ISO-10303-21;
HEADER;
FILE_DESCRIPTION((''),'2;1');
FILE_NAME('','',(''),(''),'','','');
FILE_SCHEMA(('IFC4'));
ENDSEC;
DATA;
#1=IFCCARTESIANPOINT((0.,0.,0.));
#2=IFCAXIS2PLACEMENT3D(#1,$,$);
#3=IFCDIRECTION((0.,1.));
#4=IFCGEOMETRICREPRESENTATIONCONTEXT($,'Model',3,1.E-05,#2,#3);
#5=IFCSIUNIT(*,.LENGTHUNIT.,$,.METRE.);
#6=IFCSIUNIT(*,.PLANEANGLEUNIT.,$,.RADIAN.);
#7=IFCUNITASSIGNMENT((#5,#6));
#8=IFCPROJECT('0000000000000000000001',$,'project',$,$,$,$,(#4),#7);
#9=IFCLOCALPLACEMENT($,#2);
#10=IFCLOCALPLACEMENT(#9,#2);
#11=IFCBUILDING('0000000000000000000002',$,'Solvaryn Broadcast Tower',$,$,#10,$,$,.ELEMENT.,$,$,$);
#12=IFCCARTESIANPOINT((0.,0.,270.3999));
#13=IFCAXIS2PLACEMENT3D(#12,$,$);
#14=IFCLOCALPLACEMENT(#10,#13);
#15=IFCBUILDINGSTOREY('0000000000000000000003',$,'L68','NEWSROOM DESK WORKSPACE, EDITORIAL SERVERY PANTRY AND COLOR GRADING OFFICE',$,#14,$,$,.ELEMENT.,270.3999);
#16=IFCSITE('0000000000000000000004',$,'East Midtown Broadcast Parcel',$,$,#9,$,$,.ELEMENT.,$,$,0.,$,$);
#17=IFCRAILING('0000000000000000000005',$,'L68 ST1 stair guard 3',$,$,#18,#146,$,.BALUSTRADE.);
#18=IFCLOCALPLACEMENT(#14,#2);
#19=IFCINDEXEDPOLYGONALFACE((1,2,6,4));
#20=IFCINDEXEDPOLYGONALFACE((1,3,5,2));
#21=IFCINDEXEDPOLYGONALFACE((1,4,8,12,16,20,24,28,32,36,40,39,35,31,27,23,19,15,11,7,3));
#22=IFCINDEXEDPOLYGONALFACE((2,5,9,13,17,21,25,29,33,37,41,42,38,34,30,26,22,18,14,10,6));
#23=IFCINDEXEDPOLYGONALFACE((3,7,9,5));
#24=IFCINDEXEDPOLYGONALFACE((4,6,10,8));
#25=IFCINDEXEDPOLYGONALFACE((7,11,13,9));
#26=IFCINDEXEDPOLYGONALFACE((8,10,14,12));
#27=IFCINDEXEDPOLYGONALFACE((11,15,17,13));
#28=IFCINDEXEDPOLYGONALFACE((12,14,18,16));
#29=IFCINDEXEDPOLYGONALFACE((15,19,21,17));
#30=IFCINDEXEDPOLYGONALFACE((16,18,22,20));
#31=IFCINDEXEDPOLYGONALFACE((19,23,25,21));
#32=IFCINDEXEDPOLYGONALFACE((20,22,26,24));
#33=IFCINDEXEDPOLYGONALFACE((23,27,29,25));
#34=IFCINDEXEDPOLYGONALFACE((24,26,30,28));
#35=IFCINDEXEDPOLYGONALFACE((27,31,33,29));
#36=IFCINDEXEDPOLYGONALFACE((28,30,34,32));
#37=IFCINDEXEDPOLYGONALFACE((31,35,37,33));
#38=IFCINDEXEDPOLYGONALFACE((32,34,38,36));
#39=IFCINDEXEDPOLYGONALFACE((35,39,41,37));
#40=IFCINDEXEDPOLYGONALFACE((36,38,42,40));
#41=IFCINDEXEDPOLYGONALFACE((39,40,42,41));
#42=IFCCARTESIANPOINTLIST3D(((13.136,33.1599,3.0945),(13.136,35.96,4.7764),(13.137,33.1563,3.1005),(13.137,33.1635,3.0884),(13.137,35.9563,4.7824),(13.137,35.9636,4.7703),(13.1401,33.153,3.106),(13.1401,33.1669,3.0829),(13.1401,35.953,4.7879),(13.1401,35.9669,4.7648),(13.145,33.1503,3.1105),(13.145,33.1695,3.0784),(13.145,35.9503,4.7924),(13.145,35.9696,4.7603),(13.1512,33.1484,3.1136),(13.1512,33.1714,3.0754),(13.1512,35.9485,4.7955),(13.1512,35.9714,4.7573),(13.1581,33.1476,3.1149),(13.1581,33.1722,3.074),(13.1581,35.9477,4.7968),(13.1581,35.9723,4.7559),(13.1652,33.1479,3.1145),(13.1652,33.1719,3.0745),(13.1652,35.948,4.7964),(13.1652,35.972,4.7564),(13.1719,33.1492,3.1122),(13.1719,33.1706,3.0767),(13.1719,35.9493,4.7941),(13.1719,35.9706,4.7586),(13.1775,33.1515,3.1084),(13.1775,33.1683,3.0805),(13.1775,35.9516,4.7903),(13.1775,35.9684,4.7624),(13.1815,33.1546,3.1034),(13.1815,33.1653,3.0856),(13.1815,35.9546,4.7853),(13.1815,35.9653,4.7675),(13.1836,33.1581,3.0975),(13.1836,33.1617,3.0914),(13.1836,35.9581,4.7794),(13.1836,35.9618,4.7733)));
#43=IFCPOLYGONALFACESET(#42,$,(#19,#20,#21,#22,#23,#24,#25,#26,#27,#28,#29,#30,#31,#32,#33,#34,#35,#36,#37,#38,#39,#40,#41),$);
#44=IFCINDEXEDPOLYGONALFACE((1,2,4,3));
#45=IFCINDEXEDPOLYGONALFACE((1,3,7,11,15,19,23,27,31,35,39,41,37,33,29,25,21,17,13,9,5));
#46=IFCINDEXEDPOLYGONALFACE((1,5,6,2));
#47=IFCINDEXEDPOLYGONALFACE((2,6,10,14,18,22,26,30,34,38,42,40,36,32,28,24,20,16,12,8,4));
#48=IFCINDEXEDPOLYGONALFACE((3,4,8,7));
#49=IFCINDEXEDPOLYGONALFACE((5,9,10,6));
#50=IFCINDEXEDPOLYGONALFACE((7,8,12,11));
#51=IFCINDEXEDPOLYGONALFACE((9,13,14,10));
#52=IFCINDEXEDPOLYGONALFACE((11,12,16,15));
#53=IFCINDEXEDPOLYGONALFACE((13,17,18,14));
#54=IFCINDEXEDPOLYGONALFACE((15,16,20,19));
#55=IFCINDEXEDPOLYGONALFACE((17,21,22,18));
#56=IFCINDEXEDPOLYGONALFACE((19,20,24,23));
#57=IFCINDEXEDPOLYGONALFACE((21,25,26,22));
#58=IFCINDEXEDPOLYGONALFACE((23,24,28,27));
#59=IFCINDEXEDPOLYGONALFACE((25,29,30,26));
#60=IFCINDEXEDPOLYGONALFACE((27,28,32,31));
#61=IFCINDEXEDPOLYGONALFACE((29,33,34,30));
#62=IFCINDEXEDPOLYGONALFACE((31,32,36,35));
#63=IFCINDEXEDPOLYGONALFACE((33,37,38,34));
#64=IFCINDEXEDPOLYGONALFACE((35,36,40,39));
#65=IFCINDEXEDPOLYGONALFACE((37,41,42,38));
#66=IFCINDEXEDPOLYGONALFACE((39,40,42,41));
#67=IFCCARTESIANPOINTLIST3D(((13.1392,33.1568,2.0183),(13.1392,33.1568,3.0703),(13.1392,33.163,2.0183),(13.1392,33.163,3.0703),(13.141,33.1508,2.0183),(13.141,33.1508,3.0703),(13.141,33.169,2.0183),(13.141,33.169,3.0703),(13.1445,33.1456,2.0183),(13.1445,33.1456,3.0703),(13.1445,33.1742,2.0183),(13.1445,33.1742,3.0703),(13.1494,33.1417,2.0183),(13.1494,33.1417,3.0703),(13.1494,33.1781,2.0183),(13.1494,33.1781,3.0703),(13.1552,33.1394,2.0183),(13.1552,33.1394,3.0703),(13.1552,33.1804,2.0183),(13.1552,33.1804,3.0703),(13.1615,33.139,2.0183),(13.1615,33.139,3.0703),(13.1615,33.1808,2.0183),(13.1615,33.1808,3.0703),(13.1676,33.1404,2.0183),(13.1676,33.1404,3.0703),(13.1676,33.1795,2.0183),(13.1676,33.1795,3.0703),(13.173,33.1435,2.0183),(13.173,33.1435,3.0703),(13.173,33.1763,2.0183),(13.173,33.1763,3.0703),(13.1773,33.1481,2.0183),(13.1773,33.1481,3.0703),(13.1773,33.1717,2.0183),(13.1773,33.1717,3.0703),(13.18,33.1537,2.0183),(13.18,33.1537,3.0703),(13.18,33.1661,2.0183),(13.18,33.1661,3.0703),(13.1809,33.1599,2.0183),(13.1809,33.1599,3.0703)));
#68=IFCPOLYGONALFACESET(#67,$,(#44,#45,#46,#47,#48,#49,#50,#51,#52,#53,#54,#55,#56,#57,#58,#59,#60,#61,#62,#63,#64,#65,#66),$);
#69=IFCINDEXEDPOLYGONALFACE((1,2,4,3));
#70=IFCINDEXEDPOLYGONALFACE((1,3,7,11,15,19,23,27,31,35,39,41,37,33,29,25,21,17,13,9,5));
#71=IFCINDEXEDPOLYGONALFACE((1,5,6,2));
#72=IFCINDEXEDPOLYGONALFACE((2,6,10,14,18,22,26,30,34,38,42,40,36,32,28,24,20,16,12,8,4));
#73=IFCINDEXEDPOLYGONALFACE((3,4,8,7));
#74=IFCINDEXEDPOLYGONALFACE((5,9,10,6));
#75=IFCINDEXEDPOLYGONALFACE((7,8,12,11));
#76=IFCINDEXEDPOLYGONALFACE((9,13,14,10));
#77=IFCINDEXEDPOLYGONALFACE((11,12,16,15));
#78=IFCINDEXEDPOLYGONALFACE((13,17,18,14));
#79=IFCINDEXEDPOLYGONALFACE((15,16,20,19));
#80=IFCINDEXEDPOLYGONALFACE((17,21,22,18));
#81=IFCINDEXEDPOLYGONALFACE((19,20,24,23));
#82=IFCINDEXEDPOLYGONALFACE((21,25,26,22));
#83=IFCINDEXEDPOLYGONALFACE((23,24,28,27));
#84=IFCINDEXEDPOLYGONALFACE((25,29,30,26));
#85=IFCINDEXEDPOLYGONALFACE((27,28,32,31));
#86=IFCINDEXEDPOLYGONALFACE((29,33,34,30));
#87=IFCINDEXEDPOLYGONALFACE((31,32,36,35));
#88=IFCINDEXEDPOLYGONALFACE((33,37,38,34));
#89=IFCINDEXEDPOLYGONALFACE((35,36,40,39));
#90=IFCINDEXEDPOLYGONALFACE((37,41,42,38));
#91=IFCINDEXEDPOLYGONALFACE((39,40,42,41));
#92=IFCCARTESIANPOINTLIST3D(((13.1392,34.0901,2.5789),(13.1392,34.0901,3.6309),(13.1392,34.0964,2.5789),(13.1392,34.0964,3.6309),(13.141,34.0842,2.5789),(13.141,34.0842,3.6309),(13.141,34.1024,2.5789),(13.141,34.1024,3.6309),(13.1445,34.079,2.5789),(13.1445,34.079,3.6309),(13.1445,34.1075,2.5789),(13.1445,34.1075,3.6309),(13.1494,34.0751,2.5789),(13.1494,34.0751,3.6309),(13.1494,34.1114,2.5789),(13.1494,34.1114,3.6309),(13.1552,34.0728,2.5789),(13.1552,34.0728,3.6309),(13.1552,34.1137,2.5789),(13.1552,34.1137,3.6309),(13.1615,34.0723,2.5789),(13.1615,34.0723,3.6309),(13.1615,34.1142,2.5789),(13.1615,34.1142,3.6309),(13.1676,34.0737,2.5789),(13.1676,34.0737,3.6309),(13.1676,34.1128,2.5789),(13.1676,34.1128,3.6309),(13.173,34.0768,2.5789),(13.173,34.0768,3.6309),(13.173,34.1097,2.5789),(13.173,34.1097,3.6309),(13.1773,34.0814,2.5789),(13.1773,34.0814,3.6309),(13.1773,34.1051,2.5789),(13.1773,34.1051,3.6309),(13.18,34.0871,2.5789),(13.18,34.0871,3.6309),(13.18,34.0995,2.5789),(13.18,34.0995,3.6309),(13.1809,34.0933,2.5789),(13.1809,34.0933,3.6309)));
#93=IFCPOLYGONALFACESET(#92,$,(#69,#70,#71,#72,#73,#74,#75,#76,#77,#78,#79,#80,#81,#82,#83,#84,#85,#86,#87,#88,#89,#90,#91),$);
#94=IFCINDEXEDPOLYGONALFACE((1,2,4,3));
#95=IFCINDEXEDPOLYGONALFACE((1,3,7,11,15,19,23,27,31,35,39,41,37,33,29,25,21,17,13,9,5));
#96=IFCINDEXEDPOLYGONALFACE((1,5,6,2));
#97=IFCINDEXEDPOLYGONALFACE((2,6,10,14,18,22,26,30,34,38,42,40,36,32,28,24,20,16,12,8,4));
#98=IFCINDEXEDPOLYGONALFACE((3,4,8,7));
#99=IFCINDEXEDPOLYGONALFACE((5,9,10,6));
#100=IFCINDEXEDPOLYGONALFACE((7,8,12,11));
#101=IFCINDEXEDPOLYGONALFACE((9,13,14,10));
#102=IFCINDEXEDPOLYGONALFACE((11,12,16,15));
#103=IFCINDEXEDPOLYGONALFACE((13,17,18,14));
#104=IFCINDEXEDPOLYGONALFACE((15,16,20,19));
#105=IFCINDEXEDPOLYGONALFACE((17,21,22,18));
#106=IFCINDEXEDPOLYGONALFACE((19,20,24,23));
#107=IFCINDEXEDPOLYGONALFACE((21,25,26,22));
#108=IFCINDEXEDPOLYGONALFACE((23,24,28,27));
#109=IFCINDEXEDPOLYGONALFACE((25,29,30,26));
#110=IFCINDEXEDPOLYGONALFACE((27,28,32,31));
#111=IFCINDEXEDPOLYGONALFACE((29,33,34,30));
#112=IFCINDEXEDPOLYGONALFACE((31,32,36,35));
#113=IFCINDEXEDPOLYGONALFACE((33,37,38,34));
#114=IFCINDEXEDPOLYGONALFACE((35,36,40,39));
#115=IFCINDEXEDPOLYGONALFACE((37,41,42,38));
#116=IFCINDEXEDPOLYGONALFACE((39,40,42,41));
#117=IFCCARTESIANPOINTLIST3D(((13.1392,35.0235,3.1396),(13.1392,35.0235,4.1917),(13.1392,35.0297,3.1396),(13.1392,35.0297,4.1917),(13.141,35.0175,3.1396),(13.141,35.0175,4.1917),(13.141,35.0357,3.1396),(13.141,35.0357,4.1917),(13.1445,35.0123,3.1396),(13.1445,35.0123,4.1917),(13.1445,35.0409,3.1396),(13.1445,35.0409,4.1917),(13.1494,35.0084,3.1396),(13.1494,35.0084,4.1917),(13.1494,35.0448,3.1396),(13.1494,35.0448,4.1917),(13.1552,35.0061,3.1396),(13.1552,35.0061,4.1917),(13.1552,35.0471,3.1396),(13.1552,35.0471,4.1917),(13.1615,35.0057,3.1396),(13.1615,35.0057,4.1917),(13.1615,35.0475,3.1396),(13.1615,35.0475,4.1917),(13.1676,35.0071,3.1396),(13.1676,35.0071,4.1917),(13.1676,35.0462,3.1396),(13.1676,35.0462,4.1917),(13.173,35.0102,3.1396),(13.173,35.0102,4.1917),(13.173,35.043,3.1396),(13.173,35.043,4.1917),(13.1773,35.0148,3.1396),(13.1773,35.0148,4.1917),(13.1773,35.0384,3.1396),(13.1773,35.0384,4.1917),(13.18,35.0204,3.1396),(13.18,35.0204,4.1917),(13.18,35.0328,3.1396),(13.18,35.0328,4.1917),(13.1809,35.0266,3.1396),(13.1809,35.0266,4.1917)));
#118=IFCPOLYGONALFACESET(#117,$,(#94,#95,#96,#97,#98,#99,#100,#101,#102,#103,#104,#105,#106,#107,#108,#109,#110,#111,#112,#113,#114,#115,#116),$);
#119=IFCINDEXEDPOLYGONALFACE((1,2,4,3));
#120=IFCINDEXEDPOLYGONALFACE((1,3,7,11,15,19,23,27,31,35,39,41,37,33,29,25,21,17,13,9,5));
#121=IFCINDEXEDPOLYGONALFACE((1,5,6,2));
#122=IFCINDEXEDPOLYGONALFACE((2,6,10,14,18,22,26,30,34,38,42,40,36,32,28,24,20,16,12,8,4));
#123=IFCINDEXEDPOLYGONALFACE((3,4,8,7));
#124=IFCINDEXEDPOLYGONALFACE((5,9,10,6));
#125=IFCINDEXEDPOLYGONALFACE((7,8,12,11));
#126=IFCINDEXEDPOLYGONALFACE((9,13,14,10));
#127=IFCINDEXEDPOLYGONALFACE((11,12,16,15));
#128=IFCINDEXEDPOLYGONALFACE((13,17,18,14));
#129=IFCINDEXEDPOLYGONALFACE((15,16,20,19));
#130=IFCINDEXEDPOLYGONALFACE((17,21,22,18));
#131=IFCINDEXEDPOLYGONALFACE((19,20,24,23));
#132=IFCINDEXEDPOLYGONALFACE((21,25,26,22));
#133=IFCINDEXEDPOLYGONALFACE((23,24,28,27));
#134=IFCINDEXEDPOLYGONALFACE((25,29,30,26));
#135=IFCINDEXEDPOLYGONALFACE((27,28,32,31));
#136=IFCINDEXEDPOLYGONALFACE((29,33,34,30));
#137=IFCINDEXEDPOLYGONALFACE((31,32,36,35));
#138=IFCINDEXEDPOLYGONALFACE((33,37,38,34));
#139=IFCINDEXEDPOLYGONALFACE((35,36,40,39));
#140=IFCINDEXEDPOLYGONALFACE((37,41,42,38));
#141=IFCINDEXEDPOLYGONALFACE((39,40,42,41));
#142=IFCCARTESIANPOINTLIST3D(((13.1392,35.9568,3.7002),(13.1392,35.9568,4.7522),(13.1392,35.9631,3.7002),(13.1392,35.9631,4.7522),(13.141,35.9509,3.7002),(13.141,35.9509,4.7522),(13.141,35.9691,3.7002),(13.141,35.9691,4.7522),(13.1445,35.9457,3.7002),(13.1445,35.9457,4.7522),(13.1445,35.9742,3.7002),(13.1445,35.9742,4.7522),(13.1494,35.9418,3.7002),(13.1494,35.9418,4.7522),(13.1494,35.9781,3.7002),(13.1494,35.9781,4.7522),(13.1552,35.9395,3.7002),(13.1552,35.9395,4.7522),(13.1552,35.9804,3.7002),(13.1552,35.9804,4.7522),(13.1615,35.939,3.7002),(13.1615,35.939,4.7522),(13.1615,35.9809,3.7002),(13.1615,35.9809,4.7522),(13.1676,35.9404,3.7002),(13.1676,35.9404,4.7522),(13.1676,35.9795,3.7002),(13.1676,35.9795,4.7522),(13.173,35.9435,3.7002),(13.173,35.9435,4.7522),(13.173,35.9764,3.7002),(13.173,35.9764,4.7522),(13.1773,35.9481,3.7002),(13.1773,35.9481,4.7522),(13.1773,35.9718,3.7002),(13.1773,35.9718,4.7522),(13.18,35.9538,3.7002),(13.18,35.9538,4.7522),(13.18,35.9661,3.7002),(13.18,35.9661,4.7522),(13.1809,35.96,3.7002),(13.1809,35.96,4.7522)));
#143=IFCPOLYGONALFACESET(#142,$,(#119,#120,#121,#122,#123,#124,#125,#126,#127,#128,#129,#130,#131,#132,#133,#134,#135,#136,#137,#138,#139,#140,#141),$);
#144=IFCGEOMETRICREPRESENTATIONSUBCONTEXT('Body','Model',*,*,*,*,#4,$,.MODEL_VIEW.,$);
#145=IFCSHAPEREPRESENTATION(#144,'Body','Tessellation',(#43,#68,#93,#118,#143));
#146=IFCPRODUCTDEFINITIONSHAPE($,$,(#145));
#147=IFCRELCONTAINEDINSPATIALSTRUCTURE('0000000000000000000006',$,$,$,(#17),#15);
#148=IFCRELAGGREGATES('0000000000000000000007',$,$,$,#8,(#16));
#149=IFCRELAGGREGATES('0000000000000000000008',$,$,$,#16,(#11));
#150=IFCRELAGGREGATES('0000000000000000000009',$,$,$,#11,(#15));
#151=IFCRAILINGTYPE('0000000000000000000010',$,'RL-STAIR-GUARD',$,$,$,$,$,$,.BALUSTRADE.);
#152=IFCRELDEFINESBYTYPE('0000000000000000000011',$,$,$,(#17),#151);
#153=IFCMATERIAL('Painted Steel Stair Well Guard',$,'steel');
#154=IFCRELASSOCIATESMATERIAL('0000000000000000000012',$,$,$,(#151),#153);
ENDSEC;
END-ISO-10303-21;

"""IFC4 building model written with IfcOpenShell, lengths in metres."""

from ifc_helpers import new_model, si_unit, direction, frame, origin, origin_2d, place, context, subcontext, project, spatial, circle, extrude, material, type_object, element, save


model = new_model("IFC4")

# Units and contexts
model_context = context("Model", 3, precision=1e-05, world=origin(), true_north=direction((0.0, 1.0)))
body_context = subcontext(model_context, "Body", "Model", "MODEL_VIEW")
ifc_project = project(units=[si_unit("LENGTHUNIT", "METRE"), si_unit("PLANEANGLEUNIT", "RADIAN")], contexts=[model_context])

# Site, building, storey
site_placement = place(None, origin())
site = spatial("IfcSite", under=ifc_project, at=site_placement, Name="East Midtown Broadcast Parcel", CompositionType="ELEMENT", RefElevation=0.0)
building_placement = place(site_placement, origin())
building = spatial("IfcBuilding", under=site, at=building_placement, Name="Solvaryn Broadcast Tower", CompositionType="ELEMENT")
storey_placement = place(building_placement, frame((0.0, 0.0, 270.3999)))
storey = spatial("IfcBuildingStorey", under=building, at=storey_placement, Name="L68", Description="NEWSROOM DESK WORKSPACE, EDITORIAL SERVERY PANTRY AND COLOR GRADING OFFICE", CompositionType="ELEMENT", Elevation=270.3999)

# Railing
ifc_material_1 = material(Name="Painted Steel Stair Well Guard", Category="steel")
railing_type_1 = type_object("IfcRailingType", Name="RL-STAIR-GUARD", PredefinedType="BALUSTRADE", material=ifc_material_1)
railing_1_placement = place(storey_placement, frame((13.1599, 33.1599, 2.0183)))
element("IfcRailing", 1, at=railing_1_placement, inside=storey, type_object=railing_type_1, Name="L68 ST1 stair guard 3", PredefinedType="BALUSTRADE", context=body_context, shape_type="SweptSolid", body=[
    extrude(circle(Radius=0.0239, at=origin_2d()), frame((0.0, 0.0, 1.0762), z_axis=(0.0, 0.857242, 0.514913), x_axis=(-1.0, 0.0, 0.0)), (0.0, 0.0, 1.0), 3.2664),
    extrude(circle(Radius=0.021, at=origin_2d()), origin(), (0.0, 0.0, 1.0), 1.052),
    extrude(circle(Radius=0.021, at=origin_2d()), frame((0.0, 0.9333, 0.5605)), (0.0, 0.0, 1.0), 1.052),
    extrude(circle(Radius=0.021, at=origin_2d()), frame((0.0, 1.8667, 1.1213)), (0.0, 0.0, 1.0), 1.052),
    extrude(circle(Radius=0.021, at=origin_2d()), frame((0.0, 2.8, 1.6819)), (0.0, 0.0, 1.0), 1.052),
])

save(model, "model.ifc")
